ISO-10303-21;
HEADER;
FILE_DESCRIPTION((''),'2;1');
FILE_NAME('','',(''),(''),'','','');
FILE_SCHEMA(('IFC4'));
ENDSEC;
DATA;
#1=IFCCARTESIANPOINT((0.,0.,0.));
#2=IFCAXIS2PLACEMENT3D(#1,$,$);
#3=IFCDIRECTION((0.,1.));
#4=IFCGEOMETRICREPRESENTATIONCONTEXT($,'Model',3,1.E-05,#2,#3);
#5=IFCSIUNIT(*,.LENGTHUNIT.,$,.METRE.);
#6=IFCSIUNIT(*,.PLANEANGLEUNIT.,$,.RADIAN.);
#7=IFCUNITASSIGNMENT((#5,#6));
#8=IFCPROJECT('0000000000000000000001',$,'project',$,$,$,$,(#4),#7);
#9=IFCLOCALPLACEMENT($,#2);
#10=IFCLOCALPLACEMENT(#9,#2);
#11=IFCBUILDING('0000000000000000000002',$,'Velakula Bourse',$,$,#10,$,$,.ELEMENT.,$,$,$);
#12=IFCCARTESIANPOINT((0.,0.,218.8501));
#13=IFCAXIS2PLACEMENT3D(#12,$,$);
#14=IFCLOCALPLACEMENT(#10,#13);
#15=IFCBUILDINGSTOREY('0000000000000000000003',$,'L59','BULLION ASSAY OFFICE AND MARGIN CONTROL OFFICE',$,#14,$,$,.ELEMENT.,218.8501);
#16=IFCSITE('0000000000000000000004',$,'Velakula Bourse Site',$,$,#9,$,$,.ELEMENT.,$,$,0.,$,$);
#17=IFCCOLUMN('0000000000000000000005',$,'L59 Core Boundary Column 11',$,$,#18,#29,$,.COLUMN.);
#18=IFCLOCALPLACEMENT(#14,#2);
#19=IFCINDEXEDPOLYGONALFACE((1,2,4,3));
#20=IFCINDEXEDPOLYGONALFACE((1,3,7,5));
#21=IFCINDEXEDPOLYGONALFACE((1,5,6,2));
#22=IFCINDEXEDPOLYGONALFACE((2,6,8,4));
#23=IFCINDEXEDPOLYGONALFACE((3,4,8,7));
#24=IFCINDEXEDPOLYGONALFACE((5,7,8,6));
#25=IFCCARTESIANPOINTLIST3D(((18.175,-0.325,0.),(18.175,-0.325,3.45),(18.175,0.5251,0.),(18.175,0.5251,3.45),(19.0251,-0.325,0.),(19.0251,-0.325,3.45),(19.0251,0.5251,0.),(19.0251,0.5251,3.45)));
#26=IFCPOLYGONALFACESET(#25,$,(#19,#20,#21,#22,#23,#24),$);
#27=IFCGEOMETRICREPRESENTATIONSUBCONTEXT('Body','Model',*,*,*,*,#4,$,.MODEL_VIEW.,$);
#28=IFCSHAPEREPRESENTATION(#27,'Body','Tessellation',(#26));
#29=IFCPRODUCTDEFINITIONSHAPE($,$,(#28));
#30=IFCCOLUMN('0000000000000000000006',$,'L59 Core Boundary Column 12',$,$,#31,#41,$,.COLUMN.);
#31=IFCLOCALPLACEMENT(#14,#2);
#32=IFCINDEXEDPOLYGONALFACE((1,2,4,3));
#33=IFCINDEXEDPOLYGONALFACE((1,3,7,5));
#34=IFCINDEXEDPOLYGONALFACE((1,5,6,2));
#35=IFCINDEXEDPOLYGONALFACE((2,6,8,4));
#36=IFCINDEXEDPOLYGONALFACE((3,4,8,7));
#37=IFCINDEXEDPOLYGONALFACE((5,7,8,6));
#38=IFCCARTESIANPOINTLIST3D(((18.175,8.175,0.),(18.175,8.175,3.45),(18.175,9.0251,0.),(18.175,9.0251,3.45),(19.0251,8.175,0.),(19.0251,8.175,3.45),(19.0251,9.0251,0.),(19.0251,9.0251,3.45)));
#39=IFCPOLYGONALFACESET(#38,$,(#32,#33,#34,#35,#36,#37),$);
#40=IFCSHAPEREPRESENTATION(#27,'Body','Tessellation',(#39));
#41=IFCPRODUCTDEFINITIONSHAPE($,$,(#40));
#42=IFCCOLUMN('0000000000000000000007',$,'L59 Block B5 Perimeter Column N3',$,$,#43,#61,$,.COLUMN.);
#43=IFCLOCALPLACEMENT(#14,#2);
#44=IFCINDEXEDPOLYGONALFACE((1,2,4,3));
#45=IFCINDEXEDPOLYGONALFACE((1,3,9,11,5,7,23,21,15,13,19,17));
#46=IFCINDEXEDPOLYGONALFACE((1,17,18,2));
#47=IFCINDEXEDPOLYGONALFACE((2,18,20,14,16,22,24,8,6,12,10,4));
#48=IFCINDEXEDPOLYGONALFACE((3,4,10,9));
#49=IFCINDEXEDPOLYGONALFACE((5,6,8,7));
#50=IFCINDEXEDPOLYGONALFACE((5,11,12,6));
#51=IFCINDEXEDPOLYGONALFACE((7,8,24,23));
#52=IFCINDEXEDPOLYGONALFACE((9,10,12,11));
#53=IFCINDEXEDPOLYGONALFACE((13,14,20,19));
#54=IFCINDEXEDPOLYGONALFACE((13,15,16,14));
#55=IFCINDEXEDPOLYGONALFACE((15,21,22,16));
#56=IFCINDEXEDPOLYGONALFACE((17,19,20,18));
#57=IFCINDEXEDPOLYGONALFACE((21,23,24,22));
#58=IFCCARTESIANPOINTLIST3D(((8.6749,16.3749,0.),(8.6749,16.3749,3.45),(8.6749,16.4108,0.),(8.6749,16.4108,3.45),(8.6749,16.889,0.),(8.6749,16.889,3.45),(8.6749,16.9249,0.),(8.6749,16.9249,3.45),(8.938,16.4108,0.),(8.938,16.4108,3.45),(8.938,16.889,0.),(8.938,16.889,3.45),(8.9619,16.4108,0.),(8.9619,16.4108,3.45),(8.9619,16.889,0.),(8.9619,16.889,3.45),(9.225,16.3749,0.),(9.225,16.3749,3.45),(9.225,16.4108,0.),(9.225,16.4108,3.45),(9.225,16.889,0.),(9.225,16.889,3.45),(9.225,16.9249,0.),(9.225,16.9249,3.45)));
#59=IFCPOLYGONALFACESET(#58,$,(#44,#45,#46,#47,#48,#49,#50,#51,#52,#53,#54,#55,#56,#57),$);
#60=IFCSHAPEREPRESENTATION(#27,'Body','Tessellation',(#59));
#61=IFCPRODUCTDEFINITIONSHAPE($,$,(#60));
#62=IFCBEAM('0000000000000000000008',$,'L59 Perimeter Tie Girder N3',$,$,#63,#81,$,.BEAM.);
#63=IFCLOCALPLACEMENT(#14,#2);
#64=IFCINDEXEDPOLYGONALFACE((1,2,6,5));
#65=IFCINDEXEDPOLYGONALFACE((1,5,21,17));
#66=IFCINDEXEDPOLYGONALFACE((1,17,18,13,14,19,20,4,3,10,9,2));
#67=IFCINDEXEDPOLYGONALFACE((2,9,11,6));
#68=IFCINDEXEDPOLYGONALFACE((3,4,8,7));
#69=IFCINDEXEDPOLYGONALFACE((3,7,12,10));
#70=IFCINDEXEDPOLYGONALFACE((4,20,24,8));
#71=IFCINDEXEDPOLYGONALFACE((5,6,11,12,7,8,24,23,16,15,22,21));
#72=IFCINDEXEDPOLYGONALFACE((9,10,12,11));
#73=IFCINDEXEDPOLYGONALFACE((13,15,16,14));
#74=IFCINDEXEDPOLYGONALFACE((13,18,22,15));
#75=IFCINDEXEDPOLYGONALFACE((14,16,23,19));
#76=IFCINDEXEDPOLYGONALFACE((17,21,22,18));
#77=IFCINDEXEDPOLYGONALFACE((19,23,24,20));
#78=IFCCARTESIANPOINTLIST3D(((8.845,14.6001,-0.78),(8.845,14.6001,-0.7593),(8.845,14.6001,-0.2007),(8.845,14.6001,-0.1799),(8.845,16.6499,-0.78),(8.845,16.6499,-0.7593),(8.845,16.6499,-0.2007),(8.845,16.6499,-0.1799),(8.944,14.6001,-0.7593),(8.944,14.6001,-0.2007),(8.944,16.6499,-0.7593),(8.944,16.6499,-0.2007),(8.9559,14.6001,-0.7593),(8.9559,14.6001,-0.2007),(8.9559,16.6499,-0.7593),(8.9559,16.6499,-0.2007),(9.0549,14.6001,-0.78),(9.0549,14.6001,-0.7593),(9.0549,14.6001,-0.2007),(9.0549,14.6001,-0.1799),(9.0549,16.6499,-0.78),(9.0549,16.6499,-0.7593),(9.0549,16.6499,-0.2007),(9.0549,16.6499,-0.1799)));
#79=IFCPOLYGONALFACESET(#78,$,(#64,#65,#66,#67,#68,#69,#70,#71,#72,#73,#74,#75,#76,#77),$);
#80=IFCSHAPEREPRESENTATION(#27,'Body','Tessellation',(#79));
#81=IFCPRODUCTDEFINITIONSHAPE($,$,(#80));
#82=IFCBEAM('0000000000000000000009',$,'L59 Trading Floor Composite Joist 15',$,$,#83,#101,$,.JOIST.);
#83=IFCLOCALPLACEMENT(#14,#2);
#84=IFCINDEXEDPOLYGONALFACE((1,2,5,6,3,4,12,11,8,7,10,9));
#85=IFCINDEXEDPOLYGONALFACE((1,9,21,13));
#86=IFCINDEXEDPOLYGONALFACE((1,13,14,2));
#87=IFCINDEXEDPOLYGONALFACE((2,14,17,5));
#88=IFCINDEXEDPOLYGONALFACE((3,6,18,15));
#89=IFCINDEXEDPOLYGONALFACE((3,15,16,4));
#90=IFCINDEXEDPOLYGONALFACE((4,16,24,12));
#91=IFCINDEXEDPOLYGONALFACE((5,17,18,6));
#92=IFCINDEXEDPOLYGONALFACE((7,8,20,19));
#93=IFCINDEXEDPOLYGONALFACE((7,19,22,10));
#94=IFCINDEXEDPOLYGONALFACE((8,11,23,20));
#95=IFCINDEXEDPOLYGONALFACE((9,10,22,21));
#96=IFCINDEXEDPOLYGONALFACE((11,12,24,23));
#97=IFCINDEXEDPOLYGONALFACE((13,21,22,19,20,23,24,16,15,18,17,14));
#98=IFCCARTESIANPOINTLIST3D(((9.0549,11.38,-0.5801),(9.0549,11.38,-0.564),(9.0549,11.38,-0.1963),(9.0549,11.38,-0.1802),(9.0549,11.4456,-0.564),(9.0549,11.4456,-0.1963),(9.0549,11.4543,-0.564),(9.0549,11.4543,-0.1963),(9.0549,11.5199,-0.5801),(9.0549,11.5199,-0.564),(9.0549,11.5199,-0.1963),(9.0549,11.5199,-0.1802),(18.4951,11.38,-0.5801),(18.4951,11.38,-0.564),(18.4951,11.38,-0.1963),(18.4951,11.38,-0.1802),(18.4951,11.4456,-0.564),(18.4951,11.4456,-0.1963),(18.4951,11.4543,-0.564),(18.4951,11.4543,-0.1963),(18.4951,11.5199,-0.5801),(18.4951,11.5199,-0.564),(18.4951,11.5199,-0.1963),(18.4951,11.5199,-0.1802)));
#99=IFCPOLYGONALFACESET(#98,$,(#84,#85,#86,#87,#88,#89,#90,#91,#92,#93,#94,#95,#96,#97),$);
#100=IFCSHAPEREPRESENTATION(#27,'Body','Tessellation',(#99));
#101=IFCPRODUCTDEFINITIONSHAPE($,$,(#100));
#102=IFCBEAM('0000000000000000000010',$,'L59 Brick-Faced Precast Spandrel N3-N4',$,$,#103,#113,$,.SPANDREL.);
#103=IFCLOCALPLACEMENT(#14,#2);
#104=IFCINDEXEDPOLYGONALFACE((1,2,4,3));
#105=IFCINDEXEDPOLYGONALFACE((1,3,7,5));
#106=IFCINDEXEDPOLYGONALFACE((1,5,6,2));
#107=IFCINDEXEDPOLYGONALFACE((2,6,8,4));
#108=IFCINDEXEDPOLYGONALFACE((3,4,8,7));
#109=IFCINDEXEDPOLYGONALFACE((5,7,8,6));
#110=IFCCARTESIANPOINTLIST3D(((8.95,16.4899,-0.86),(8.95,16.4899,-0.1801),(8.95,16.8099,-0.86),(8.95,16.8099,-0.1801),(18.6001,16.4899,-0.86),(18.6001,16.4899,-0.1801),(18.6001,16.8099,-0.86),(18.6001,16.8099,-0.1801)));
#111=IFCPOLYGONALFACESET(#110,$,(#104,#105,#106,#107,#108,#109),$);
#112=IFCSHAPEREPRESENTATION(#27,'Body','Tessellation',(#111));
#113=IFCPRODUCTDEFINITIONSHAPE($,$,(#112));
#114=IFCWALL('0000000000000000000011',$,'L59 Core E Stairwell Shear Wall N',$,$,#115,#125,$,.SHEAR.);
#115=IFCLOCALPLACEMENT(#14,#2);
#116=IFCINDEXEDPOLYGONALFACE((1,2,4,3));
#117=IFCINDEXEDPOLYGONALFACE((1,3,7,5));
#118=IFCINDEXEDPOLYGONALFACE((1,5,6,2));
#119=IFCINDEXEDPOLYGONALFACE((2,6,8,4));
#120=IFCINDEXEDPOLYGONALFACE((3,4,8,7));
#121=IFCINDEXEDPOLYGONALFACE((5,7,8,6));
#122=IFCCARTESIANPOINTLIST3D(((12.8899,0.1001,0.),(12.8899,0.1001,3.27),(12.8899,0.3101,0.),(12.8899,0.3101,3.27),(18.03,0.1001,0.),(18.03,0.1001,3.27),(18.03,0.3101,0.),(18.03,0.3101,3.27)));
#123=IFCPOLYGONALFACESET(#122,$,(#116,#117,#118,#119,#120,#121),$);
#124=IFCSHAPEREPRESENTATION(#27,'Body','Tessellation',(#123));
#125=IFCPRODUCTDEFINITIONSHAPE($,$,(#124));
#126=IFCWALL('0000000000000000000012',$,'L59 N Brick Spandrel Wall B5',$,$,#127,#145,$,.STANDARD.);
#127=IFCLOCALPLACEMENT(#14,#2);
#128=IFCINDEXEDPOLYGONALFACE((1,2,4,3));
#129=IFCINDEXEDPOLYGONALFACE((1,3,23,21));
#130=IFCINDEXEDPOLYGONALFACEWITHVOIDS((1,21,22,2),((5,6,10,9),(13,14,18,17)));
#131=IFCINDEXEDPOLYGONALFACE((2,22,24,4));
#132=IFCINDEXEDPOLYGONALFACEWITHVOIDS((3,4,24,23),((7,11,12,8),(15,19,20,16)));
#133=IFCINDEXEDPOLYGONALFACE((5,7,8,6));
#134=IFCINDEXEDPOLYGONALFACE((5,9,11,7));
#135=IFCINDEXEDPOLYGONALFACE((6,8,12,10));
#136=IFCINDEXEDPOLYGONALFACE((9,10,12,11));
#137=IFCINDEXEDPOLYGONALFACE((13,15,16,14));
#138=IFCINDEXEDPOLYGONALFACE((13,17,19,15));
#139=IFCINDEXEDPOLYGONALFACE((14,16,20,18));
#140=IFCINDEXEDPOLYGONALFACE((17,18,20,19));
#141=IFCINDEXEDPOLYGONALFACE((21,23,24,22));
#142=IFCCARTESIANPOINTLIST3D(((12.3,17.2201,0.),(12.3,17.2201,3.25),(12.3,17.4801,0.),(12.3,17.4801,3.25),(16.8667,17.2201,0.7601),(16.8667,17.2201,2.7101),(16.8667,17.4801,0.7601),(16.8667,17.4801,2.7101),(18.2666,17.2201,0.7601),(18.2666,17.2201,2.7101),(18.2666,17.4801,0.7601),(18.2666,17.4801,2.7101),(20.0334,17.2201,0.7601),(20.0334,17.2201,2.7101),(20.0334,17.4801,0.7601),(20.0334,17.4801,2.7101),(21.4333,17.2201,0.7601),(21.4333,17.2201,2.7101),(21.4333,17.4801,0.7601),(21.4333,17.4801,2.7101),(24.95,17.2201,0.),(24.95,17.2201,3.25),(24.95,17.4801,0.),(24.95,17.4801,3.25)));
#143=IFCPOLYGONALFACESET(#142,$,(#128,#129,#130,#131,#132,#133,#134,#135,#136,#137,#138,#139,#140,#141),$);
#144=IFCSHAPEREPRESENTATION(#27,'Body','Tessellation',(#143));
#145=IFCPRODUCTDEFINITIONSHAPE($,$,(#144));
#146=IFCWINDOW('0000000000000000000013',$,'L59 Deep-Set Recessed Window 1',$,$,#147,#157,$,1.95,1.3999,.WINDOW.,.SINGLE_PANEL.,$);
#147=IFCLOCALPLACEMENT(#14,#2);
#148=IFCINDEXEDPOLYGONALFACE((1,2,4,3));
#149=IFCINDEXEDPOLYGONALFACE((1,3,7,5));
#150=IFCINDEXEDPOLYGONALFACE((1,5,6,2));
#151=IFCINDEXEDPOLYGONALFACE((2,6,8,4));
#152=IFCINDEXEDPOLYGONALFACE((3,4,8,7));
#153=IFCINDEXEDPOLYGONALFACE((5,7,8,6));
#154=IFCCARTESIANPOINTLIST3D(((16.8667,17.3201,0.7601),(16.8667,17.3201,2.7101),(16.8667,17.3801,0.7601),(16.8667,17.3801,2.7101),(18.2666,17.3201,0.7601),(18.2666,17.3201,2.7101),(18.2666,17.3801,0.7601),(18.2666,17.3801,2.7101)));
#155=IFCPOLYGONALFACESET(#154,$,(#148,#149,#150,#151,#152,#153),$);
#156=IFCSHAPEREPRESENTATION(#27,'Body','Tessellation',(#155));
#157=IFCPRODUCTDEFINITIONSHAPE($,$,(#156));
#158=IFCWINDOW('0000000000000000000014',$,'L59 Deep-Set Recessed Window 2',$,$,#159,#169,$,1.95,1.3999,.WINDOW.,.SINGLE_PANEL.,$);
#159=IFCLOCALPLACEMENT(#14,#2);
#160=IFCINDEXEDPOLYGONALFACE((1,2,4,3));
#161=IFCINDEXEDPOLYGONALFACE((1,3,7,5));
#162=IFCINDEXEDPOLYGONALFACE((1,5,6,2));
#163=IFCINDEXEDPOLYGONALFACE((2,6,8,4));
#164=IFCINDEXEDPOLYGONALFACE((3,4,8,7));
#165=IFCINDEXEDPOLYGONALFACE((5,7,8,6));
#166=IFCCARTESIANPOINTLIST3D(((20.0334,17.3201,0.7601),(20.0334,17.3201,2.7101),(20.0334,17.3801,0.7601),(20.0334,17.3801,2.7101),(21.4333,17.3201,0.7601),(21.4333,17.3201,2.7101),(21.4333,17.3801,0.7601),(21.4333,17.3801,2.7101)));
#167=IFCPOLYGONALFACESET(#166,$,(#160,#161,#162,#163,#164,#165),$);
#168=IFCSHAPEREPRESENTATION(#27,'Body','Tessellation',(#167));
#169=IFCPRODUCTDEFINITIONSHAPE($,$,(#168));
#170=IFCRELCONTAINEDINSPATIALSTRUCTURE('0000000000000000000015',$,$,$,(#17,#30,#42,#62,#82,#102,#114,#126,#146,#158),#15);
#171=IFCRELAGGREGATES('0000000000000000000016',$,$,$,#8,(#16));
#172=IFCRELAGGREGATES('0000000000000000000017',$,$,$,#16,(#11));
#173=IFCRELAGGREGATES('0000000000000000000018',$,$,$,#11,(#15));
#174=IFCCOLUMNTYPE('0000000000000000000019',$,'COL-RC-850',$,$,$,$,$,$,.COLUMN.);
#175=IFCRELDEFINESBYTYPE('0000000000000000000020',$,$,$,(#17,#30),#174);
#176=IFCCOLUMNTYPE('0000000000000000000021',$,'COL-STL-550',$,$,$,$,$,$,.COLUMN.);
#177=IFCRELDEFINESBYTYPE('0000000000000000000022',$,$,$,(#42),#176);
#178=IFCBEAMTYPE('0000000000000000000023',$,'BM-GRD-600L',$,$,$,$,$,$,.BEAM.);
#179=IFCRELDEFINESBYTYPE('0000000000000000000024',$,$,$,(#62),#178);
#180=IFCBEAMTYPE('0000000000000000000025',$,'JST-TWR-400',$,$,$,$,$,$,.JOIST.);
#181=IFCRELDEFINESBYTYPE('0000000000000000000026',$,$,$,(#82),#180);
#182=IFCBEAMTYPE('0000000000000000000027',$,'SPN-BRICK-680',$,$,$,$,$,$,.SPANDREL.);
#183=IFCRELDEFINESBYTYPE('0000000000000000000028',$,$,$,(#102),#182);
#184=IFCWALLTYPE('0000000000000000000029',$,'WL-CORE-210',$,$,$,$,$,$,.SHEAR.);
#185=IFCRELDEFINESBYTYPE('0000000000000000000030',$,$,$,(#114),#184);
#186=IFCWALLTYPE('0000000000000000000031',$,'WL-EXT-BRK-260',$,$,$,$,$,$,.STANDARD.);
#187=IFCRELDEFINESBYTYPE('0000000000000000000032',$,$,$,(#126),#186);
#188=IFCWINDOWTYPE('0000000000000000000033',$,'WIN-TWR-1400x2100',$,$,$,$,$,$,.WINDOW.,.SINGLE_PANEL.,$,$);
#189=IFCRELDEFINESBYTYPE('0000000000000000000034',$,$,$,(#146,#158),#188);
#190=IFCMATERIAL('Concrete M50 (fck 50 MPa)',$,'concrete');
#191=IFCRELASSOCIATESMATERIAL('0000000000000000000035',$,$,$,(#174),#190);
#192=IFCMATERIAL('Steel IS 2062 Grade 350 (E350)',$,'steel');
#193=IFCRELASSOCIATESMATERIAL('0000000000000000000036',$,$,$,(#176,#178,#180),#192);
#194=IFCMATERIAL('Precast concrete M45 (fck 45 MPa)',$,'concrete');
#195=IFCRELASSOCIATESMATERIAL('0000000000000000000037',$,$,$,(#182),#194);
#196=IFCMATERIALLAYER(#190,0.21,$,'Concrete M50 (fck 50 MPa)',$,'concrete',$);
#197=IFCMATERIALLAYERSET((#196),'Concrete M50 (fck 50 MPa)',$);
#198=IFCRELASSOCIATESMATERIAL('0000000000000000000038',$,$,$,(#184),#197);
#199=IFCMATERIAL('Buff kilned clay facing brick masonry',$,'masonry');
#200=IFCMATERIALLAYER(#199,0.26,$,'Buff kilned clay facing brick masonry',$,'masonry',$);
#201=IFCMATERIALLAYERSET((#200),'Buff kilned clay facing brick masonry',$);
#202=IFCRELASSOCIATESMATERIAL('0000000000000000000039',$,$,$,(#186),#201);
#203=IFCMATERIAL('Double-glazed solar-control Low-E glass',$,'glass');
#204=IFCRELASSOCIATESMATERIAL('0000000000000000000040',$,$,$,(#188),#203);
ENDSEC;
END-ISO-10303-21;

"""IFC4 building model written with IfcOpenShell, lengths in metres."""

from ifc_helpers import new_model, si_unit, direction, frame, frame_2d, origin, origin_2d, place, context, subcontext, project, spatial, rectangle, i_section, extrude, material, layer, layer_set, material_profile, profile_set, type_object, element, fill, save


model = new_model("IFC4")

# Units and contexts
model_context = context("Model", 3, precision=1e-05, world=origin(), true_north=direction((0.0, 1.0)))
body_context = subcontext(model_context, "Body", "Model", "MODEL_VIEW")
ifc_project = project(units=[si_unit("LENGTHUNIT", "METRE"), si_unit("PLANEANGLEUNIT", "RADIAN")], contexts=[model_context])

# Site, building, storey
site_placement = place(None, origin())
site = spatial("IfcSite", under=ifc_project, at=site_placement, Name="Velakula Bourse Site", CompositionType="ELEMENT", RefElevation=0.0)
building_placement = place(site_placement, origin())
building = spatial("IfcBuilding", under=site, at=building_placement, Name="Velakula Bourse", CompositionType="ELEMENT")
storey_placement = place(building_placement, frame((0.0, 0.0, 218.8501)))
storey = spatial("IfcBuildingStorey", under=building, at=storey_placement, Name="L59", Description="BULLION ASSAY OFFICE AND MARGIN CONTROL OFFICE", CompositionType="ELEMENT", Elevation=218.8501)

# Columns
ifc_material_1 = material(Name="Concrete M50 (fck 50 MPa)", Category="concrete")
ifc_material_profile_1 = material_profile(ifc_material_1, rectangle(XDim=0.8501, YDim=0.8501, at=origin_2d()), Name="Concrete M50 (fck 50 MPa)")
ifc_profile_set_1 = profile_set([ifc_material_profile_1], Name="Concrete M50 (fck 50 MPa)")
column_type_1 = type_object("IfcColumnType", Name="COL-RC-850", PredefinedType="COLUMN", material=ifc_profile_set_1)
for number, where, z_axis, x_axis, name in (
    (1, (18.6001, 0.1001, 0.0), (0.0, 0.0, 1.0), (1.0, 0.0, 0.0), "L59 Core Boundary Column 11"),
    (2, (18.6001, 8.6001, 0.0), (0.0, 0.0, 1.0), (1.0, 0.0, 0.0), "L59 Core Boundary Column 12"),
):
    element("IfcColumn", number, at=place(storey_placement, frame(where, z_axis=z_axis, x_axis=x_axis)), inside=storey, type_object=column_type_1, Name=name, PredefinedType="COLUMN", context=body_context, shape_type="SweptSolid", body=[
        extrude(rectangle(XDim=0.8501, YDim=0.8501, at=origin_2d()), origin(), (0.0, 0.0, 1.0), 3.45),
    ])
ifc_material_2 = material(Name="Steel IS 2062 Grade 350 (E350)", Category="steel")
ifc_material_profile_2 = material_profile(ifc_material_2, i_section(OverallWidth=0.55, OverallDepth=0.55, WebThickness=0.0239, FlangeThickness=0.0359, at=origin_2d()), Name="Steel IS 2062 Grade 350 (E350)")
ifc_profile_set_2 = profile_set([ifc_material_profile_2], Name="Steel IS 2062 Grade 350 (E350)")
column_type_2 = type_object("IfcColumnType", Name="COL-STL-550", PredefinedType="COLUMN", material=ifc_profile_set_2)
column_placement = place(storey_placement, frame((8.95, 16.6499, 0.0), z_axis=(0.0, 0.0, 1.0), x_axis=(1.0, 0.0, 0.0)))
element("IfcColumn", 3, at=column_placement, inside=storey, type_object=column_type_2, Name="L59 Block B5 Perimeter Column N3", PredefinedType="COLUMN", context=body_context, shape_type="SweptSolid", body=[
    extrude(i_section(OverallWidth=0.55, OverallDepth=0.55, WebThickness=0.0239, FlangeThickness=0.0359, at=origin_2d()), origin(), (0.0, 0.0, 1.0), 3.45),
])

# Beams
ifc_material_profile_3 = material_profile(ifc_material_2, i_section(OverallWidth=0.21, OverallDepth=0.6001, WebThickness=0.012, FlangeThickness=0.0208, at=origin_2d()), Name="Steel IS 2062 Grade 350 (E350)")
ifc_profile_set_3 = profile_set([ifc_material_profile_3], Name="Steel IS 2062 Grade 350 (E350)")
beam_type_1 = type_object("IfcBeamType", Name="BM-GRD-600L", PredefinedType="BEAM", material=ifc_profile_set_3)
beam_1_placement = place(storey_placement, frame((8.95, 14.6001, -0.48), z_axis=(0.0, 1.0, 0.0), x_axis=(-1.0, 0.0, 0.0)))
element("IfcBeam", 4, at=beam_1_placement, inside=storey, type_object=beam_type_1, Name="L59 Perimeter Tie Girder N3", PredefinedType="BEAM", context=body_context, shape_type="SweptSolid", body=[
    extrude(i_section(OverallWidth=0.21, OverallDepth=0.6001, WebThickness=0.012, FlangeThickness=0.0208, at=origin_2d()), origin(), (0.0, 0.0, 1.0), 2.0498),
])
ifc_material_profile_4 = material_profile(ifc_material_2, i_section(OverallWidth=0.1399, OverallDepth=0.3999, WebThickness=0.0088, FlangeThickness=0.0161, at=origin_2d()), Name="Steel IS 2062 Grade 350 (E350)")
ifc_profile_set_4 = profile_set([ifc_material_profile_4], Name="Steel IS 2062 Grade 350 (E350)")
beam_type_2 = type_object("IfcBeamType", Name="JST-TWR-400", PredefinedType="JOIST", material=ifc_profile_set_4)
beam_2_placement = place(storey_placement, frame((9.0549, 11.45, -0.3801), z_axis=(1.0, 0.0, 0.0), x_axis=(0.0, 1.0, 0.0)))
element("IfcBeam", 5, at=beam_2_placement, inside=storey, type_object=beam_type_2, Name="L59 Trading Floor Composite Joist 15", PredefinedType="JOIST", context=body_context, shape_type="SweptSolid", body=[
    extrude(i_section(OverallWidth=0.1399, OverallDepth=0.3999, WebThickness=0.0088, FlangeThickness=0.0161, at=origin_2d()), origin(), (0.0, 0.0, 1.0), 9.4402),
])
ifc_material_3 = material(Name="Precast concrete M45 (fck 45 MPa)", Category="concrete")
ifc_material_profile_5 = material_profile(ifc_material_3, rectangle(XDim=0.3201, YDim=0.6799, at=origin_2d()), Name="Precast concrete M45 (fck 45 MPa)")
ifc_profile_set_5 = profile_set([ifc_material_profile_5], Name="Precast concrete M45 (fck 45 MPa)")
beam_type_3 = type_object("IfcBeamType", Name="SPN-BRICK-680", PredefinedType="SPANDREL", material=ifc_profile_set_5)
beam_3_placement = place(storey_placement, frame((8.95, 16.6499, -0.52), z_axis=(1.0, 0.0, 0.0), x_axis=(0.0, 1.0, 0.0)))
element("IfcBeam", 6, at=beam_3_placement, inside=storey, type_object=beam_type_3, Name="L59 Brick-Faced Precast Spandrel N3-N4", PredefinedType="SPANDREL", context=body_context, shape_type="SweptSolid", body=[
    extrude(rectangle(XDim=0.3201, YDim=0.6799, at=origin_2d()), origin(), (0.0, 0.0, 1.0), 9.6501),
])

# Wall
ifc_layer_1 = layer(ifc_material_1, 0.21, Name="Concrete M50 (fck 50 MPa)", Category="concrete")
ifc_layer_set_1 = layer_set([ifc_layer_1], Name="Concrete M50 (fck 50 MPa)")
wall_type_1 = type_object("IfcWallType", Name="WL-CORE-210", PredefinedType="SHEAR", material=ifc_layer_set_1)
wall_1_placement = place(storey_placement, frame((18.03, 0.2051, 0.0), z_axis=(0.0, 0.0, 1.0), x_axis=(-1.0, 0.0, 0.0)))
element("IfcWall", 7, at=wall_1_placement, inside=storey, type_object=wall_type_1, Name="L59 Core E Stairwell Shear Wall N", PredefinedType="SHEAR", context=body_context, shape_type="SweptSolid", body=[
    extrude(rectangle(XDim=5.1401, YDim=0.21, at=frame_2d((2.5701, 0.0))), origin(), (0.0, 0.0, 1.0), 3.27),
])

# Wall, openings, windows
ifc_material_4 = material(Name="Buff kilned clay facing brick masonry", Category="masonry")
ifc_layer_2 = layer(ifc_material_4, 0.26, Name="Buff kilned clay facing brick masonry", Category="masonry")
ifc_layer_set_2 = layer_set([ifc_layer_2], Name="Buff kilned clay facing brick masonry")
wall_type_2 = type_object("IfcWallType", Name="WL-EXT-BRK-260", PredefinedType="STANDARD", material=ifc_layer_set_2)
wall_2_placement = place(storey_placement, frame((12.3, 17.3501, 0.0), z_axis=(0.0, 0.0, 1.0), x_axis=(1.0, 0.0, 0.0)))
wall_2 = element("IfcWall", 8, at=wall_2_placement, inside=storey, type_object=wall_type_2, Name="L59 N Brick Spandrel Wall B5", PredefinedType="STANDARD", context=body_context, shape_type="SweptSolid", body=[
    extrude(rectangle(XDim=12.6499, YDim=0.26, at=frame_2d((6.325, 0.0))), origin(), (0.0, 0.0, 1.0), 3.25),
])
opening_1_placement = place(wall_2_placement, frame((4.5667, 0.0, 0.76)))
opening_1 = element("IfcOpeningElement", 9, at=opening_1_placement, cuts=wall_2, PredefinedType="OPENING", context=body_context, shape_type="SweptSolid", body=[
    extrude(rectangle(XDim=1.3999, YDim=1.95, at=frame_2d((0.7, 0.9751))), frame((0.0, 0.1399, 0.0), z_axis=(0.0, -1.0, 0.0), x_axis=(1.0, 0.0, 0.0)), (0.0, 0.0, 1.0), 0.28),
])
opening_2_placement = place(wall_2_placement, frame((7.7334, 0.0, 0.76)))
opening_2 = element("IfcOpeningElement", 10, at=opening_2_placement, cuts=wall_2, PredefinedType="OPENING", context=body_context, shape_type="SweptSolid", body=[
    extrude(rectangle(XDim=1.3999, YDim=1.95, at=frame_2d((0.7, 0.9751))), frame((0.0, 0.1399, 0.0), z_axis=(0.0, -1.0, 0.0), x_axis=(1.0, 0.0, 0.0)), (0.0, 0.0, 1.0), 0.28),
])
ifc_material_5 = material(Name="Double-glazed solar-control Low-E glass", Category="glass")
window_type = type_object("IfcWindowType", Name="WIN-TWR-1400x2100", PartitioningType="SINGLE_PANEL", PredefinedType="WINDOW", material=ifc_material_5)
window_1_placement = place(opening_1_placement, origin())
window_1 = element("IfcWindow", 11, at=window_1_placement, inside=storey, type_object=window_type, Name="L59 Deep-Set Recessed Window 1", OverallHeight=1.95, OverallWidth=1.3999, PartitioningType="SINGLE_PANEL", PredefinedType="WINDOW", context=body_context, shape_type="SweptSolid", body=[
    extrude(rectangle(XDim=1.3999, YDim=1.95, at=frame_2d((0.7, 0.9751))), frame((0.0, 0.03, 0.0), z_axis=(0.0, -1.0, 0.0), x_axis=(1.0, 0.0, 0.0)), (0.0, 0.0, 1.0), 0.0601),
])
fill(opening_1, window_1)
window_2_placement = place(opening_2_placement, origin())
window_2 = element("IfcWindow", 12, at=window_2_placement, inside=storey, type_object=window_type, Name="L59 Deep-Set Recessed Window 2", OverallHeight=1.95, OverallWidth=1.3999, PartitioningType="SINGLE_PANEL", PredefinedType="WINDOW", context=body_context, shape_type="SweptSolid", body=[
    extrude(rectangle(XDim=1.3999, YDim=1.95, at=frame_2d((0.7, 0.9751))), frame((0.0, 0.03, 0.0), z_axis=(0.0, -1.0, 0.0), x_axis=(1.0, 0.0, 0.0)), (0.0, 0.0, 1.0), 0.0601),
])
fill(opening_2, window_2)

save(model, "model.ifc")
